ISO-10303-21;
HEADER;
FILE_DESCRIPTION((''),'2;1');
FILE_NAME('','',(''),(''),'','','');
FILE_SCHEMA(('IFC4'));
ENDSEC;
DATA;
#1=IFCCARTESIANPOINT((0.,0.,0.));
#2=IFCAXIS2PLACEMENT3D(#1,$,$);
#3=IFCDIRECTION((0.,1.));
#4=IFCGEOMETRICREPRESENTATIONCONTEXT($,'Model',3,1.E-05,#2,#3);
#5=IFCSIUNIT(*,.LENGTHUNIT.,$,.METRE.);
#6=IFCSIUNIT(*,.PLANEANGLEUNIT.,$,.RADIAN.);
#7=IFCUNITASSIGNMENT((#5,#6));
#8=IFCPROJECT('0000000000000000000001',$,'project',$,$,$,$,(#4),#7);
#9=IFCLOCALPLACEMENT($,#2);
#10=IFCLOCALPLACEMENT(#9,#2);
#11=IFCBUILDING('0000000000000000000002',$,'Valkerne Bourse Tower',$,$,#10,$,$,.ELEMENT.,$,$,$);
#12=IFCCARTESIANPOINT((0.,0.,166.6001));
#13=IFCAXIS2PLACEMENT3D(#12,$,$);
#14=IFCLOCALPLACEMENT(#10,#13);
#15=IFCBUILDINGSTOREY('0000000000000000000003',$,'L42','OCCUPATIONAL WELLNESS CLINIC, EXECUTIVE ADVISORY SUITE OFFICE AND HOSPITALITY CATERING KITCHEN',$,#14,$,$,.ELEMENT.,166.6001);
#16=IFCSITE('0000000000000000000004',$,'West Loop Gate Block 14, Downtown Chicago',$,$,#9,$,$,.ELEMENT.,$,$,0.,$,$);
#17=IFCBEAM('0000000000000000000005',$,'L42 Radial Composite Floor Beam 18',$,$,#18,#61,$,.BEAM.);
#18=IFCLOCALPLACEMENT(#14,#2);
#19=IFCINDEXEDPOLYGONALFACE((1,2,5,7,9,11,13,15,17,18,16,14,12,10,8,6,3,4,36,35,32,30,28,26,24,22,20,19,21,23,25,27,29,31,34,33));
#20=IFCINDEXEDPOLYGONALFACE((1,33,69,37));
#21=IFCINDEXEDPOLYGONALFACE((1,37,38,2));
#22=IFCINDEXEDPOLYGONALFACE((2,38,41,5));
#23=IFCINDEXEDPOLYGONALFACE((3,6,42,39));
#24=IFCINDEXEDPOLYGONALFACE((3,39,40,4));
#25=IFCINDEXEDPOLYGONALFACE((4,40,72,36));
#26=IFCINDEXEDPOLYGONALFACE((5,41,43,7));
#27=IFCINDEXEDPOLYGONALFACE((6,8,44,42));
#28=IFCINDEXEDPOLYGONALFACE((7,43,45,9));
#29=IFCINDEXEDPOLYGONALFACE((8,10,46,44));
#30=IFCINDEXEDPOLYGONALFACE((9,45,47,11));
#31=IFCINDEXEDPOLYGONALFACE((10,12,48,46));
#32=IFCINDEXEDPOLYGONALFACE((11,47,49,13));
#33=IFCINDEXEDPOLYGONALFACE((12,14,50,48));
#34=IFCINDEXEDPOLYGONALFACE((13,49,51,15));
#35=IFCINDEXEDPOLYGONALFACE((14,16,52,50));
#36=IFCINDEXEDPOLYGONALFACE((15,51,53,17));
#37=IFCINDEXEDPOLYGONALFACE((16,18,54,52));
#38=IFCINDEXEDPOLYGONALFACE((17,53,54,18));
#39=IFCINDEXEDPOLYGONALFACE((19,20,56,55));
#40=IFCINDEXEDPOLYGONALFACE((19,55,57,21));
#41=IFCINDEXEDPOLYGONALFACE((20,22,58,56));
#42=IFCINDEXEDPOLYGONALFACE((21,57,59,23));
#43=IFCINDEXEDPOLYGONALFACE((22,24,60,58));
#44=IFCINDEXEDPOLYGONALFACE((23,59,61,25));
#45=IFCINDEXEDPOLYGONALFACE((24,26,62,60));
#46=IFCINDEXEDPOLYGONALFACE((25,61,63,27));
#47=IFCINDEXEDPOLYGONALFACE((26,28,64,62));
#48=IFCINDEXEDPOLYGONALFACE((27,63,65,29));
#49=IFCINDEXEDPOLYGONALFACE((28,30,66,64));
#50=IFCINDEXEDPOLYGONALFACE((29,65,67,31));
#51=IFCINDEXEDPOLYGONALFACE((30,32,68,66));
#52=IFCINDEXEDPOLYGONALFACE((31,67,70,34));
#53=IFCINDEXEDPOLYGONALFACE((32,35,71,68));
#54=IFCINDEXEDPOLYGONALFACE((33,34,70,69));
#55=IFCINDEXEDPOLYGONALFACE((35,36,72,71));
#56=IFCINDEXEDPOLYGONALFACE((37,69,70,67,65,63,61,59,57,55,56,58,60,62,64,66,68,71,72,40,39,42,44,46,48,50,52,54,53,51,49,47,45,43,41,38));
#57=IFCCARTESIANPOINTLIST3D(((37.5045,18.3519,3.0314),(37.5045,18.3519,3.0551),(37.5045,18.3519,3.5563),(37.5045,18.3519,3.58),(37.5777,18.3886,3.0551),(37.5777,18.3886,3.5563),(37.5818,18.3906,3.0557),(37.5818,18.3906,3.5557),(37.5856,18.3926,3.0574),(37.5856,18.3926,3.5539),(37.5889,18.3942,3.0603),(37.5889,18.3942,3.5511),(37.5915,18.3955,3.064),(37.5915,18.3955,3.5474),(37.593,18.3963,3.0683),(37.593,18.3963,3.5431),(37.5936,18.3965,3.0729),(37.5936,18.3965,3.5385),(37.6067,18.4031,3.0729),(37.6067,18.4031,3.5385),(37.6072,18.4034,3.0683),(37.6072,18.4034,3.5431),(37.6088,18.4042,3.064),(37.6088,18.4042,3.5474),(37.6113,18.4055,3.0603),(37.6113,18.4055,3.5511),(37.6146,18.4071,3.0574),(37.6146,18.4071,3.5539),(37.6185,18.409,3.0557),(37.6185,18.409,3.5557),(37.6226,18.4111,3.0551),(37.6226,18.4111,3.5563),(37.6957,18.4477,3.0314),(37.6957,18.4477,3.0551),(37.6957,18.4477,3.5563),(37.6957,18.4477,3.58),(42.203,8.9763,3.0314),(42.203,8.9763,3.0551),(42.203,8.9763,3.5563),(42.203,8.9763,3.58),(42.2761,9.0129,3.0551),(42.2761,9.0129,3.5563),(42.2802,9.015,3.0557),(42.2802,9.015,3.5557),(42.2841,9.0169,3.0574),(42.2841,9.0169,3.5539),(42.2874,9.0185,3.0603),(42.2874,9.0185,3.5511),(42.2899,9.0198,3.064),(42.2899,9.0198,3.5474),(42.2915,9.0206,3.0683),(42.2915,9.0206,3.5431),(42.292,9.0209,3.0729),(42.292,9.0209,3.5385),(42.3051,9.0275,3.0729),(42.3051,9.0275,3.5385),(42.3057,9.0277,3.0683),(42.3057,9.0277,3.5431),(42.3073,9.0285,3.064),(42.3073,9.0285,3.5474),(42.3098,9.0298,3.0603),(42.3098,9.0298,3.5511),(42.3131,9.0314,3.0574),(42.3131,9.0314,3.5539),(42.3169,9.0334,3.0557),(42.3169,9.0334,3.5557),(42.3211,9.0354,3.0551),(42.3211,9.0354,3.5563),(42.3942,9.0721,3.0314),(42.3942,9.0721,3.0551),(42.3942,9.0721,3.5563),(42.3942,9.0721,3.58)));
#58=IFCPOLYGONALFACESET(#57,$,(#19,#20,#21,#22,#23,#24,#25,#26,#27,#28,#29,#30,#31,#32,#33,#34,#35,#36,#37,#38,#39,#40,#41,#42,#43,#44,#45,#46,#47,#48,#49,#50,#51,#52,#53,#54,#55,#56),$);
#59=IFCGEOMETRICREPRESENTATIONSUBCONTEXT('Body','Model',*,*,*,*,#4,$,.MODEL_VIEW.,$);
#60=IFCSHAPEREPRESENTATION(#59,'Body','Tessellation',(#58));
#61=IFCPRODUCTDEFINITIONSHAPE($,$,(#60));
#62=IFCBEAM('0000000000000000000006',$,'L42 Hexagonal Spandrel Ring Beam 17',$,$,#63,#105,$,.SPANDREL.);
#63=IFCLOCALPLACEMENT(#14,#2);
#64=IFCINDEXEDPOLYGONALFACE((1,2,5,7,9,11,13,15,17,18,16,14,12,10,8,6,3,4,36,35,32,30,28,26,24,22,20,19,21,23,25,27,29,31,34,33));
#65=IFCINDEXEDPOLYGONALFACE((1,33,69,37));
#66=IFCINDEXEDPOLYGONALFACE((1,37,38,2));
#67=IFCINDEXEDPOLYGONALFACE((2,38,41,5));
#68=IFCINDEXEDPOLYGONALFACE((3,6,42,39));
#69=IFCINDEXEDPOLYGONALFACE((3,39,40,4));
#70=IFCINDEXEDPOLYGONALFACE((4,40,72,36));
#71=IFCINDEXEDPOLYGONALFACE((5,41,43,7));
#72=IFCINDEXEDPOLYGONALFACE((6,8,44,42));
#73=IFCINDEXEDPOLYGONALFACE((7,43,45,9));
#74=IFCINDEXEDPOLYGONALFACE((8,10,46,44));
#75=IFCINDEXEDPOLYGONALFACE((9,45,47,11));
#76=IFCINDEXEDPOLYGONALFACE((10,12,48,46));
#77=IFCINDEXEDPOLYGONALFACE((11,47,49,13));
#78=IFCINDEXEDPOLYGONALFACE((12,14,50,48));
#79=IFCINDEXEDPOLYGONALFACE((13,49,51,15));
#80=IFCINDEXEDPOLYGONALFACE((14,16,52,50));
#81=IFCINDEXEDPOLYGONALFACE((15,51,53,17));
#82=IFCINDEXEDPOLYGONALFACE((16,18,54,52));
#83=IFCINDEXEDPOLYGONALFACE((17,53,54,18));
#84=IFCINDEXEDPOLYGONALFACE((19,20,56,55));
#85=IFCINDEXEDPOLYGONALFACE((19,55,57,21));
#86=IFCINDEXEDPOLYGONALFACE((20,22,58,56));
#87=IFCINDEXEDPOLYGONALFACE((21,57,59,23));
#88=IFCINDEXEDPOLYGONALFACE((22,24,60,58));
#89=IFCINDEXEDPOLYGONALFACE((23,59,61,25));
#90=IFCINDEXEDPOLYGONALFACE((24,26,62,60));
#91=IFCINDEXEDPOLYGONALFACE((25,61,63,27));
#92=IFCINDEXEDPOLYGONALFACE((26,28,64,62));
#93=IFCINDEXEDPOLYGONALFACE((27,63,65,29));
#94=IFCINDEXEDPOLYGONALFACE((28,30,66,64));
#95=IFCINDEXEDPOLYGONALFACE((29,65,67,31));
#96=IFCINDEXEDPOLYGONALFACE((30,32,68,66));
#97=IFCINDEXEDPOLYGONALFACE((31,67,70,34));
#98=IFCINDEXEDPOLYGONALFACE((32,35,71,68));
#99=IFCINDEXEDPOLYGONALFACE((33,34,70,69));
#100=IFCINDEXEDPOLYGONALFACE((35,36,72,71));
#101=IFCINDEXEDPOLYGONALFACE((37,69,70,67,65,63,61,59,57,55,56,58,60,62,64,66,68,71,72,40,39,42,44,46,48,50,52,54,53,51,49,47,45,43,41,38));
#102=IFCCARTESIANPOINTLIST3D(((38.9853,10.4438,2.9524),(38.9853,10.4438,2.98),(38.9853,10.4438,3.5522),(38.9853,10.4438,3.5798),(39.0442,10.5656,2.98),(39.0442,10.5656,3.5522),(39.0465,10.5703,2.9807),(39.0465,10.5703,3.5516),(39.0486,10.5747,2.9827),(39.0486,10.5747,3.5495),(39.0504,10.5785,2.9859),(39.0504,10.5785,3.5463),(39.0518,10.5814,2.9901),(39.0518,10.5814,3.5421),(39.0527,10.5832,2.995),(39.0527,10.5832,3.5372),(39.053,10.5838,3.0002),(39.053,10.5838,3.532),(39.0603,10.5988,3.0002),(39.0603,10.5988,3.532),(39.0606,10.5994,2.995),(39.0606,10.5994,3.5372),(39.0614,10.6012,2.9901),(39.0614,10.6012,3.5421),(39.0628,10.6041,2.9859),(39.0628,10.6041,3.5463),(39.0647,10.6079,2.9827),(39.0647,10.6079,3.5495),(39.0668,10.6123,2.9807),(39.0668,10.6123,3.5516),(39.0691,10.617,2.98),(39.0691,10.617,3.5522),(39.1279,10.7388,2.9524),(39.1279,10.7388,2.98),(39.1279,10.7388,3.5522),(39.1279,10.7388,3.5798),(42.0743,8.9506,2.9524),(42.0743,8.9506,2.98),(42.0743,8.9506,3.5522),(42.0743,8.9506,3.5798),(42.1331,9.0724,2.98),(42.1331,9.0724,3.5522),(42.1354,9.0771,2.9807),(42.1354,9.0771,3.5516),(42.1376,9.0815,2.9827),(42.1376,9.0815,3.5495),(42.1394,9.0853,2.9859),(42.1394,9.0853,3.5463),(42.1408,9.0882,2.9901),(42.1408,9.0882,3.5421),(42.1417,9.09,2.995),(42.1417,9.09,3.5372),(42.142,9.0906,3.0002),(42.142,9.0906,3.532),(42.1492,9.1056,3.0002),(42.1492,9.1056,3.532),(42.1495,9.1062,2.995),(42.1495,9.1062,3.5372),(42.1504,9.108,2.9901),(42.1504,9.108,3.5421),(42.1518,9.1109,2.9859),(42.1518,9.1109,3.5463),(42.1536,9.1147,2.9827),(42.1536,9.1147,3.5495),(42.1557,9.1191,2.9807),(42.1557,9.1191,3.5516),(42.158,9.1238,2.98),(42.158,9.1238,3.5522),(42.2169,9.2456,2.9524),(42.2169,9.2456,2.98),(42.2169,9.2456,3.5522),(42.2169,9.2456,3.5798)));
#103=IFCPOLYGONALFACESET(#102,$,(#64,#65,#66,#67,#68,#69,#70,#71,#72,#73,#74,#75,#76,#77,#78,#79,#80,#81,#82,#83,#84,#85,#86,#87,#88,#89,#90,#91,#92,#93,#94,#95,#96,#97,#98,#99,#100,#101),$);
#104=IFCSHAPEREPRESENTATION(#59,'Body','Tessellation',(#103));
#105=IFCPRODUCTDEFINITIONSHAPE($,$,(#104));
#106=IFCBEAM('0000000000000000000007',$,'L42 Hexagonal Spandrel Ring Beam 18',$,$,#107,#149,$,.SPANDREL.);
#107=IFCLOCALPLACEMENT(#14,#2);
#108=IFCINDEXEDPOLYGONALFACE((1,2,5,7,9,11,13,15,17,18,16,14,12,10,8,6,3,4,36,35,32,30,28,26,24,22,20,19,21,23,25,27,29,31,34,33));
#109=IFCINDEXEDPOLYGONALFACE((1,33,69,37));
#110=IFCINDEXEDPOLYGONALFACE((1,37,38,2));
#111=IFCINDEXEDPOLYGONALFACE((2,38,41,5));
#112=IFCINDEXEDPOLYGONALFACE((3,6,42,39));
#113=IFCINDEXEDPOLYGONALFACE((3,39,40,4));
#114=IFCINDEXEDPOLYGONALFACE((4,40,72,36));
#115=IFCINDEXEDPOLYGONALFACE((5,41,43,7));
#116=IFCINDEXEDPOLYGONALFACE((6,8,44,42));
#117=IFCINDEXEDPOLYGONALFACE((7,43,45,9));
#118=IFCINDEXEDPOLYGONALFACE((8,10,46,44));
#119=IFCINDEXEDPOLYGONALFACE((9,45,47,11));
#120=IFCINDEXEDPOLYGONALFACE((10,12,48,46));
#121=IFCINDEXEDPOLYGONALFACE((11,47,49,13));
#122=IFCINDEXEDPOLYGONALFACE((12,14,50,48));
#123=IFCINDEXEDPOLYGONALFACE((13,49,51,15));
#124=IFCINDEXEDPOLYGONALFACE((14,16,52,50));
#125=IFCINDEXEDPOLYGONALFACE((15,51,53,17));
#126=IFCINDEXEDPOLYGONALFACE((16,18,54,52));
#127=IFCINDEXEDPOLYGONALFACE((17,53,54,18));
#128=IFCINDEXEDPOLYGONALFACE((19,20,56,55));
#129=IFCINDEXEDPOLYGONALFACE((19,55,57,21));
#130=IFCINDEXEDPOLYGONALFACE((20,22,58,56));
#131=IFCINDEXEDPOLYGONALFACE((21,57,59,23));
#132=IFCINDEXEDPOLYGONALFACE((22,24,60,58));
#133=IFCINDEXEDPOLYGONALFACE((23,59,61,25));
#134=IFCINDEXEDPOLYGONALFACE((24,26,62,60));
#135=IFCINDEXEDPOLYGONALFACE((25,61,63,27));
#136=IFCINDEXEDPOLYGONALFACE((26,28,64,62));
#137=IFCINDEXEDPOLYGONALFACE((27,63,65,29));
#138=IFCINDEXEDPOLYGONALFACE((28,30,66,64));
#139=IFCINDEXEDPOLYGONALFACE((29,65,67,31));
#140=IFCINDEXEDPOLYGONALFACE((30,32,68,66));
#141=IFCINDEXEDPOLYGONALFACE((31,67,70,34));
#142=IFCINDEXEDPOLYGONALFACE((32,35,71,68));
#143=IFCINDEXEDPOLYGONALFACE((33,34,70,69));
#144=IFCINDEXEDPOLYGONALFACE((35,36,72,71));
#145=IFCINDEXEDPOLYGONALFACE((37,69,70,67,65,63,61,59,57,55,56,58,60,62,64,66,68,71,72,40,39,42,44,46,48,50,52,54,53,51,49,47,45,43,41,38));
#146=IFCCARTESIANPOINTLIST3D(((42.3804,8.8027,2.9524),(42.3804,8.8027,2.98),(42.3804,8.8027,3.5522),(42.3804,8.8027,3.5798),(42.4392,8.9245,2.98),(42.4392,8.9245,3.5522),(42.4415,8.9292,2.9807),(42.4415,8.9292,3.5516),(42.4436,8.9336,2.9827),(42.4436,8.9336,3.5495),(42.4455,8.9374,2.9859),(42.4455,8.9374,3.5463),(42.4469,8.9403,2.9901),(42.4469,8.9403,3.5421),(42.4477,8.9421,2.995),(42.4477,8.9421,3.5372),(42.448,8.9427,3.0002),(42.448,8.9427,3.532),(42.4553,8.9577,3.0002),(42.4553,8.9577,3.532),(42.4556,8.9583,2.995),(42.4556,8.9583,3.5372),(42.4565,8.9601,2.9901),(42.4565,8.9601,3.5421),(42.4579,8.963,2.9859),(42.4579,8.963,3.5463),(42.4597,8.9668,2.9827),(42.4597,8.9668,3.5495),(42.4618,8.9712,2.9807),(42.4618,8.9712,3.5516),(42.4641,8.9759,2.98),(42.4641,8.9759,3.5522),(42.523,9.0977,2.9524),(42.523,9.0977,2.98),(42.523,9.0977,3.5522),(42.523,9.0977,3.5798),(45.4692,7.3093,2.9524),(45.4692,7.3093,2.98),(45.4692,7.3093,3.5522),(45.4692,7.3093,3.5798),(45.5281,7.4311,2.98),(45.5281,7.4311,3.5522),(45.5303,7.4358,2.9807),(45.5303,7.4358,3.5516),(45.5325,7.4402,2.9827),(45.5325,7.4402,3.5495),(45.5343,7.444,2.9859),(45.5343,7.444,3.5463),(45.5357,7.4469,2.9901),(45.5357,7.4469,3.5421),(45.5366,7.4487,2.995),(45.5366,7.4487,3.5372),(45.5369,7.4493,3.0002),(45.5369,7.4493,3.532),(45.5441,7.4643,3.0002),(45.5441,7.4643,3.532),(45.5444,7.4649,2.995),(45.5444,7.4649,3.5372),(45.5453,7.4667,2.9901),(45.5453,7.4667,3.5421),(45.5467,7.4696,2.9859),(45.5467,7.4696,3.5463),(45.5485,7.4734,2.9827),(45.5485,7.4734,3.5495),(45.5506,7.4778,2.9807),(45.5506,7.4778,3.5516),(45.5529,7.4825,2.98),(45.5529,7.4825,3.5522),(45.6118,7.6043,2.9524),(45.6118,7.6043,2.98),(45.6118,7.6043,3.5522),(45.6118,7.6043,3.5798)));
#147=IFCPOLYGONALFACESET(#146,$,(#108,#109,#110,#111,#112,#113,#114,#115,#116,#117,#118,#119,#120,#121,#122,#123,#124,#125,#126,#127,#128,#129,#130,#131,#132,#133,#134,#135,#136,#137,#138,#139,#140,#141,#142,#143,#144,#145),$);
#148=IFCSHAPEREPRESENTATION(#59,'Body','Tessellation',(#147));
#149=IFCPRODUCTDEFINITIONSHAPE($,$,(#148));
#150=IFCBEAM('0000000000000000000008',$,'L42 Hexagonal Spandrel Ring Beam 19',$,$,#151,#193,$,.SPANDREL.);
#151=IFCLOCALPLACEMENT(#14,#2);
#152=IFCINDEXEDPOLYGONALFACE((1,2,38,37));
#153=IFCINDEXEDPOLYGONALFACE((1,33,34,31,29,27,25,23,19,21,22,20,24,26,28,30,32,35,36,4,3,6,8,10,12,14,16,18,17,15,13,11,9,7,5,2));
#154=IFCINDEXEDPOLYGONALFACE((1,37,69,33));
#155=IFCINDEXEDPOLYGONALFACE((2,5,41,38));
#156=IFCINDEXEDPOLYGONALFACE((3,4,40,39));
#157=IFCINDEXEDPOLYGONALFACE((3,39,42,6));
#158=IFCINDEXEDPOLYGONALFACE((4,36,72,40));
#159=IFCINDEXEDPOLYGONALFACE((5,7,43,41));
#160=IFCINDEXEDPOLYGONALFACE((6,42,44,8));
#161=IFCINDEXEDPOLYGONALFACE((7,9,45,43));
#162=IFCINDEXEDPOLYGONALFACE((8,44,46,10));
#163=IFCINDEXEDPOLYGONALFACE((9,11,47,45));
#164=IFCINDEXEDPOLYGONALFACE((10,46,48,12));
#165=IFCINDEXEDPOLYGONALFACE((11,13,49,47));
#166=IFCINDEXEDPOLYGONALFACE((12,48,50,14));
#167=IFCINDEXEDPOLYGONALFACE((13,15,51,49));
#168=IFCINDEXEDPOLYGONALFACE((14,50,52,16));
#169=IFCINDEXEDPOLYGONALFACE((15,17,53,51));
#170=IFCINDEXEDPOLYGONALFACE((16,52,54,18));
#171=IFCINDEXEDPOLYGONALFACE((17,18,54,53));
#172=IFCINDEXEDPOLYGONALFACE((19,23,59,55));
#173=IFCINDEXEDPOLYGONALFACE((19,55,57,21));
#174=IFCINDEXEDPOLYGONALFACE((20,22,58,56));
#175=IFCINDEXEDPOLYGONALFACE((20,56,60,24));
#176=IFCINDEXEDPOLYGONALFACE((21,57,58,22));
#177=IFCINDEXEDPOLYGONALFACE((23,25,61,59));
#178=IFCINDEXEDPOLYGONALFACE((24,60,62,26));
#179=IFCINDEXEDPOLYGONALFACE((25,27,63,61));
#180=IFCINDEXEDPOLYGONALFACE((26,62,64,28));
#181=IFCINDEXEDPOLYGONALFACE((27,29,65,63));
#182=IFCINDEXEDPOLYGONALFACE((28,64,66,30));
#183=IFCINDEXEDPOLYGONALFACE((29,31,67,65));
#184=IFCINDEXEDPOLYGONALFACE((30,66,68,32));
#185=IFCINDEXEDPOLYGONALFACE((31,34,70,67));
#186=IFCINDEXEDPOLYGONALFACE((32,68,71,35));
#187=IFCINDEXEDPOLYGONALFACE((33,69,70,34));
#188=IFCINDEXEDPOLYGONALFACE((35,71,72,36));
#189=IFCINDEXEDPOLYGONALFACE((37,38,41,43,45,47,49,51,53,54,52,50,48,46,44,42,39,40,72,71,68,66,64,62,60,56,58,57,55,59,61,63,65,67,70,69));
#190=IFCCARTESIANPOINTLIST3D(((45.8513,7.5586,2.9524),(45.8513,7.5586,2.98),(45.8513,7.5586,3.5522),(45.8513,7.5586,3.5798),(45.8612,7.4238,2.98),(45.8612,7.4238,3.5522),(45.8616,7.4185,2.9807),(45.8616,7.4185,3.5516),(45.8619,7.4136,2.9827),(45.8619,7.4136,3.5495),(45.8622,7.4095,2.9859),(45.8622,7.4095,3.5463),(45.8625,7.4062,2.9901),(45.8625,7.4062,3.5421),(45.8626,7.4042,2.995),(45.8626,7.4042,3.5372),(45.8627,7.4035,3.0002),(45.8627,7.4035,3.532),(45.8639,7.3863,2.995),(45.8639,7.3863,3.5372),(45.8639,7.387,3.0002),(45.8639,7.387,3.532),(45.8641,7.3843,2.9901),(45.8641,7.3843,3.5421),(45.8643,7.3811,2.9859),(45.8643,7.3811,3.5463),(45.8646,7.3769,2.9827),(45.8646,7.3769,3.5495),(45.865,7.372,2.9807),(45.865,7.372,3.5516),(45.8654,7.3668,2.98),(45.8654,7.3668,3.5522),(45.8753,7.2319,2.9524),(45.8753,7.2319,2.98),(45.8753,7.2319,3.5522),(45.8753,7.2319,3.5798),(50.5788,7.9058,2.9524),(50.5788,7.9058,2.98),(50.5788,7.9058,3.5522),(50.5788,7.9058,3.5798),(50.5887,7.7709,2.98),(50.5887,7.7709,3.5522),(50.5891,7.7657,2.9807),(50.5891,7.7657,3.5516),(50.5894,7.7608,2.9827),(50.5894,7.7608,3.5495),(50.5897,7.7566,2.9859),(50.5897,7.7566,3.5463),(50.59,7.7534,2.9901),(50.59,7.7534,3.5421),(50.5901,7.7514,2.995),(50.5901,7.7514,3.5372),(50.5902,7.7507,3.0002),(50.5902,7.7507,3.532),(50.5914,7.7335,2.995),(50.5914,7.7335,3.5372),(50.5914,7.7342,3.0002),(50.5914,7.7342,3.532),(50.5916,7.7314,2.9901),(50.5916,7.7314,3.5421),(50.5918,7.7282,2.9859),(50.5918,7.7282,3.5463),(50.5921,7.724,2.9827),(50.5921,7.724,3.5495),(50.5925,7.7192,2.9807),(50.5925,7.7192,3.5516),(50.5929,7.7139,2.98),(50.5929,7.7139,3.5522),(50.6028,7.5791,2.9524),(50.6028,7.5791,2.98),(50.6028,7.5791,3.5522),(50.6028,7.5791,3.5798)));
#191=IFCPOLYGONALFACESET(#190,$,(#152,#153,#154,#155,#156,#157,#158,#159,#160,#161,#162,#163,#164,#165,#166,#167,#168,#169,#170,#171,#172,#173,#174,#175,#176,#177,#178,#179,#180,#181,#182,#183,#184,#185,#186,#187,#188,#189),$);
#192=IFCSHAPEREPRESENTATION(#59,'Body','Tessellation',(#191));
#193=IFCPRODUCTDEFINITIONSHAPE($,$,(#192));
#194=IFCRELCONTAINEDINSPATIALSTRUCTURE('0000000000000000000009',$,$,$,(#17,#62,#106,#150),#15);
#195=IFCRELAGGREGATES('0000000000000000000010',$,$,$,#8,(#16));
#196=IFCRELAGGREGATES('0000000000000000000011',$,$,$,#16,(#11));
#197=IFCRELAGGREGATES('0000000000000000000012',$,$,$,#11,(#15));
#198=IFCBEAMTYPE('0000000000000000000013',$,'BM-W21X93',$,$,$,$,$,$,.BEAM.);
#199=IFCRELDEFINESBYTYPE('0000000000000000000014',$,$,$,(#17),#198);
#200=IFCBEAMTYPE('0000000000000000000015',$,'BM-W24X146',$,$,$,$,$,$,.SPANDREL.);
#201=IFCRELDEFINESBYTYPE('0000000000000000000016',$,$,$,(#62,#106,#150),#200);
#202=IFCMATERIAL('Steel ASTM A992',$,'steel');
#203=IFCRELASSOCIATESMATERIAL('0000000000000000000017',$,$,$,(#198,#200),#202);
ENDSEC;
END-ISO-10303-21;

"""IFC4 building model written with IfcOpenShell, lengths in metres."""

from ifc_helpers import new_model, si_unit, direction, frame, origin, origin_2d, place, context, subcontext, project, spatial, i_section, extrude, material, material_profile, profile_set, type_object, element, save


model = new_model("IFC4")

# Units and contexts
model_context = context("Model", 3, precision=1e-05, world=origin(), true_north=direction((0.0, 1.0)))
body_context = subcontext(model_context, "Body", "Model", "MODEL_VIEW")
ifc_project = project(units=[si_unit("LENGTHUNIT", "METRE"), si_unit("PLANEANGLEUNIT", "RADIAN")], contexts=[model_context])

# Site, building, storey
site_placement = place(None, origin())
site = spatial("IfcSite", under=ifc_project, at=site_placement, Name="West Loop Gate Block 14, Downtown Chicago", CompositionType="ELEMENT", RefElevation=0.0)
building_placement = place(site_placement, origin())
building = spatial("IfcBuilding", under=site, at=building_placement, Name="Valkerne Bourse Tower", CompositionType="ELEMENT")
storey_placement = place(building_placement, frame((0.0, 0.0, 166.6001)))
storey = spatial("IfcBuildingStorey", under=building, at=storey_placement, Name="L42", Description="OCCUPATIONAL WELLNESS CLINIC, EXECUTIVE ADVISORY SUITE OFFICE AND HOSPITALITY CATERING KITCHEN", CompositionType="ELEMENT", Elevation=166.6001)

# Beams
ifc_material_1 = material(Name="Steel ASTM A992", Category="steel")
ifc_material_profile_1 = material_profile(ifc_material_1, i_section(OverallWidth=0.2139, OverallDepth=0.5486, WebThickness=0.0146, FlangeThickness=0.0237, FilletRadius=0.0178, at=origin_2d()), Name="W21X93")
ifc_profile_set_1 = profile_set([ifc_material_profile_1], Name="Steel ASTM A992")
beam_type_1 = type_object("IfcBeamType", Name="BM-W21X93", PredefinedType="BEAM", material=ifc_profile_set_1)
beam_1_placement = place(storey_placement, frame((42.2986, 9.0242, 3.3057), z_axis=(-0.448024, 0.894022, 0.0), x_axis=(-0.894022, -0.448024, 0.0)))
element("IfcBeam", 1, at=beam_1_placement, inside=storey, type_object=beam_type_1, Name="L42 Radial Composite Floor Beam 18", PredefinedType="BEAM", context=body_context, shape_type="SweptSolid", body=[
    extrude(i_section(OverallWidth=0.2139, OverallDepth=0.5486, WebThickness=0.0146, FlangeThickness=0.0237, FilletRadius=0.0178, at=origin_2d()), origin(), (0.0, 0.0, 1.0), 10.4871),
])
ifc_material_profile_2 = material_profile(ifc_material_1, i_section(OverallWidth=0.3276, OverallDepth=0.6274, WebThickness=0.0166, FlangeThickness=0.0276, FilletRadius=0.0203, at=origin_2d()), Name="W24X146")
ifc_profile_set_2 = profile_set([ifc_material_profile_2], Name="Steel ASTM A992")
beam_type_2 = type_object("IfcBeamType", Name="BM-W24X146", PredefinedType="SPANDREL", material=ifc_profile_set_2)
for number, where, z_axis, x_axis, name in (
    (2, (39.0566, 10.5913, 3.2661), (0.900325, -0.435219, 0.0), (0.435219, 0.900325, 0.0), "L42 Hexagonal Spandrel Ring Beam 17"),
    (3, (42.4517, 8.9502, 3.2661), (0.900297, -0.435276, 0.0), (0.435276, 0.900297, 0.0), "L42 Hexagonal Spandrel Ring Beam 18"),
):
    element("IfcBeam", number, at=place(storey_placement, frame(where, z_axis=z_axis, x_axis=x_axis)), inside=storey, type_object=beam_type_2, Name=name, PredefinedType="SPANDREL", context=body_context, shape_type="SweptSolid", body=[
        extrude(i_section(OverallWidth=0.3276, OverallDepth=0.6274, WebThickness=0.0166, FlangeThickness=0.0276, FilletRadius=0.0203, at=origin_2d()), origin(), (0.0, 0.0, 1.0), 3.4309),
    ])
beam_2_placement = place(storey_placement, frame((45.8633, 7.3953, 3.2661), z_axis=(0.997314, 0.073238, 0.0), x_axis=(-0.073238, 0.997314, 0.0)))
element("IfcBeam", 4, at=beam_2_placement, inside=storey, type_object=beam_type_2, Name="L42 Hexagonal Spandrel Ring Beam 19", PredefinedType="SPANDREL", context=body_context, shape_type="SweptSolid", body=[
    extrude(i_section(OverallWidth=0.3276, OverallDepth=0.6274, WebThickness=0.0166, FlangeThickness=0.0276, FilletRadius=0.0203, at=origin_2d()), origin(), (0.0, 0.0, 1.0), 4.7402),
])

save(model, "model.ifc")
